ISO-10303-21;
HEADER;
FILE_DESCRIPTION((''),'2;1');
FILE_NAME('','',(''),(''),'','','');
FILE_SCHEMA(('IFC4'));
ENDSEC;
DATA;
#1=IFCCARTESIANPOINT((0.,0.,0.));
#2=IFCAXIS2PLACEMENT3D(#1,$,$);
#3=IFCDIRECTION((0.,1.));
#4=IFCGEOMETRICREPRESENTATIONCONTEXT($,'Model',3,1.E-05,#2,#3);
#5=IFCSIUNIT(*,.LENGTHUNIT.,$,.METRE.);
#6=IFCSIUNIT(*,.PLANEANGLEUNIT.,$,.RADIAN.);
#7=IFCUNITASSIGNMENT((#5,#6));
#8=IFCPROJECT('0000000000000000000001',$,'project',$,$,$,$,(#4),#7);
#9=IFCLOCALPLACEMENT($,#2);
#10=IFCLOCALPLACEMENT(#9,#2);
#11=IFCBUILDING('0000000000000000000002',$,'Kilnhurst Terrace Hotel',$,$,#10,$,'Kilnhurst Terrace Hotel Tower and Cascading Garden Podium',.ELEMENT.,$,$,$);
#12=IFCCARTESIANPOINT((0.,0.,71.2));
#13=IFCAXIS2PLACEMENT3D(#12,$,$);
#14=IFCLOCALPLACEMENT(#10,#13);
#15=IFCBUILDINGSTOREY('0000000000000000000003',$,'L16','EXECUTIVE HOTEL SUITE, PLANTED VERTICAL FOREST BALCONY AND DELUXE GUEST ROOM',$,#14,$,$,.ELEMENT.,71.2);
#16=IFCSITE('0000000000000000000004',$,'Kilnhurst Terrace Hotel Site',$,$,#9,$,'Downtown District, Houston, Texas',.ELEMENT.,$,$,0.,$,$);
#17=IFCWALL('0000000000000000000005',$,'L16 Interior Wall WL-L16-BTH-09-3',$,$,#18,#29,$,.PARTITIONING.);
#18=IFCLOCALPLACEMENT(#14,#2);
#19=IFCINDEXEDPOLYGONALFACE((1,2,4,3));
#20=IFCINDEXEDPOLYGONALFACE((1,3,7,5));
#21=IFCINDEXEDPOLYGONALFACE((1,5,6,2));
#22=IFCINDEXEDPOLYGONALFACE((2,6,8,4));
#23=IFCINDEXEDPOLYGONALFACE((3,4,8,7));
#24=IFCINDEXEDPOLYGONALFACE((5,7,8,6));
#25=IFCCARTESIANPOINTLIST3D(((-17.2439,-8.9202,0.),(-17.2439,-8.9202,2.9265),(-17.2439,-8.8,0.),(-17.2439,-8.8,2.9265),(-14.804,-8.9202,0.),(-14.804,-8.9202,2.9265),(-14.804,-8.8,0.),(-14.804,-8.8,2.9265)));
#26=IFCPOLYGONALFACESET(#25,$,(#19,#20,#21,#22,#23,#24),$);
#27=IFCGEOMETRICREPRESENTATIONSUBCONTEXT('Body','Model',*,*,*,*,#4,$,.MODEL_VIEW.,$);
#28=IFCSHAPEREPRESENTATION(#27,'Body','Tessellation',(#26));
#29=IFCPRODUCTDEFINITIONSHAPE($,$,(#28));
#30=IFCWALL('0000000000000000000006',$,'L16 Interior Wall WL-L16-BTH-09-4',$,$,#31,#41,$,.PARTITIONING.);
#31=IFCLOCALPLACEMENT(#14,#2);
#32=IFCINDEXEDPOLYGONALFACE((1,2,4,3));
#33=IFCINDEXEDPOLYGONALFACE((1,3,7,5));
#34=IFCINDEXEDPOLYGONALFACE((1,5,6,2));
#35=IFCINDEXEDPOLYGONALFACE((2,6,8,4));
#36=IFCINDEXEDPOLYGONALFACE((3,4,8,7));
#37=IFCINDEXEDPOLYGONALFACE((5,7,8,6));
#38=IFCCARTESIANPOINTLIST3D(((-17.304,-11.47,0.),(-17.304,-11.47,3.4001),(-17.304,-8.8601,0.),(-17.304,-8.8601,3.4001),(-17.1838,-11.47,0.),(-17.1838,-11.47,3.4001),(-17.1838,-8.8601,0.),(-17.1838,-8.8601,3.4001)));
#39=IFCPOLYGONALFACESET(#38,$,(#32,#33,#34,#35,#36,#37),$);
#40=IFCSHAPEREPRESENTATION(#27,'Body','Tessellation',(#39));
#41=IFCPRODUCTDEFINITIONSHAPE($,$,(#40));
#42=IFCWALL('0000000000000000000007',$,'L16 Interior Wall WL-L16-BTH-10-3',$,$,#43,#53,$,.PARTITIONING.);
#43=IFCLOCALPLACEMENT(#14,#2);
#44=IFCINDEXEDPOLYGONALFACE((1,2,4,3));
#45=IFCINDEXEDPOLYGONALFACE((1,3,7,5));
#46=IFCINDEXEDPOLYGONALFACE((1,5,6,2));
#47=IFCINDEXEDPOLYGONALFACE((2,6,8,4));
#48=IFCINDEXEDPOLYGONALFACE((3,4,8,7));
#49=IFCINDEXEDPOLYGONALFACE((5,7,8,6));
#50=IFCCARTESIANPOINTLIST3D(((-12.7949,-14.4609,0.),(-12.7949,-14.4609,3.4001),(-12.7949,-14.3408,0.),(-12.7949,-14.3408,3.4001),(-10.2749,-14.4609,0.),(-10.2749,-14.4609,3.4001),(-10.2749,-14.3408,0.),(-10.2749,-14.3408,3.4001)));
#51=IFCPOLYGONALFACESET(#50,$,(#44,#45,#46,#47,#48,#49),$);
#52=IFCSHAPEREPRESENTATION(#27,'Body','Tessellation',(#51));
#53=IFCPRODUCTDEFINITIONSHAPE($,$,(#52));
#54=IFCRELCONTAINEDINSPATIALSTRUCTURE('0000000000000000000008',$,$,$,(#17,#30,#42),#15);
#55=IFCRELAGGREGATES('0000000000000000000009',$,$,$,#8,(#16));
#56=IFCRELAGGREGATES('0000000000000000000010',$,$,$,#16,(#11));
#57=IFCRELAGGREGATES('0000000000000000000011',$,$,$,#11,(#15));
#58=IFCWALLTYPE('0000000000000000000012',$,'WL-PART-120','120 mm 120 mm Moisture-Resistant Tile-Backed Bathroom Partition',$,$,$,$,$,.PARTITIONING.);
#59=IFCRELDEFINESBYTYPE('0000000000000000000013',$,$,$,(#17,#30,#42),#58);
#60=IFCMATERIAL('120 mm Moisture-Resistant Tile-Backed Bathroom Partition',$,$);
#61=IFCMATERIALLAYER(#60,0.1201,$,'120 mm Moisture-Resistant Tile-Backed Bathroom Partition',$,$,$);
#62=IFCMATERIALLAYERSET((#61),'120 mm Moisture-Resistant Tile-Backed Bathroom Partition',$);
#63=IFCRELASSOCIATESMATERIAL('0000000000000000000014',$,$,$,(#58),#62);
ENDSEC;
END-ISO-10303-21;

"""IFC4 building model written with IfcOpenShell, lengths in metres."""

from ifc_helpers import new_model, si_unit, direction, frame, frame_2d, origin, place, context, subcontext, project, spatial, rectangle, extrude, material, layer, layer_set, type_object, element, save


model = new_model("IFC4")

# Units and contexts
model_context = context("Model", 3, precision=1e-05, world=origin(), true_north=direction((0.0, 1.0)))
body_context = subcontext(model_context, "Body", "Model", "MODEL_VIEW")
ifc_project = project(units=[si_unit("LENGTHUNIT", "METRE"), si_unit("PLANEANGLEUNIT", "RADIAN")], contexts=[model_context])

# Site, building, storey
site_placement = place(None, origin())
site = spatial("IfcSite", under=ifc_project, at=site_placement, Name="Kilnhurst Terrace Hotel Site", LongName="Downtown District, Houston, Texas", CompositionType="ELEMENT", RefElevation=0.0)
building_placement = place(site_placement, origin())
building = spatial("IfcBuilding", under=site, at=building_placement, Name="Kilnhurst Terrace Hotel", LongName="Kilnhurst Terrace Hotel Tower and Cascading Garden Podium", CompositionType="ELEMENT")
storey_placement = place(building_placement, frame((0.0, 0.0, 71.2)))
storey = spatial("IfcBuildingStorey", under=building, at=storey_placement, Name="L16", Description="EXECUTIVE HOTEL SUITE, PLANTED VERTICAL FOREST BALCONY AND DELUXE GUEST ROOM", CompositionType="ELEMENT", Elevation=71.2)

# Shared definitions
ifc_material_1 = material(Name="120 mm Moisture-Resistant Tile-Backed Bathroom Partition")
ifc_layer_1 = layer(ifc_material_1, 0.1201, Name="120 mm Moisture-Resistant Tile-Backed Bathroom Partition")
ifc_layer_set_1 = layer_set([ifc_layer_1], Name="120 mm Moisture-Resistant Tile-Backed Bathroom Partition")
wall_type_1 = type_object("IfcWallType", Name="WL-PART-120", Description="120 mm 120 mm Moisture-Resistant Tile-Backed Bathroom Partition", PredefinedType="PARTITIONING", material=ifc_layer_set_1)

# Walls
wall_1_placement = place(storey_placement, frame((-14.804, -8.8601, 0.0), z_axis=(0.0, 0.0, 1.0), x_axis=(-1.0, 0.0, 0.0)))
element("IfcWall", 1, at=wall_1_placement, inside=storey, type_object=wall_type_1, Name="L16 Interior Wall WL-L16-BTH-09-3", PredefinedType="PARTITIONING", context=body_context, shape_type="SweptSolid", body=[
    extrude(rectangle(XDim=2.4399, YDim=0.1201, at=frame_2d((1.22, 0.0))), origin(), (0.0, 0.0, 1.0), 2.9265),
])
wall_2_placement = place(storey_placement, frame((-17.2439, -8.8601, 0.0), z_axis=(0.0, 0.0, 1.0), x_axis=(0.0, -1.0, 0.0)))
element("IfcWall", 2, at=wall_2_placement, inside=storey, type_object=wall_type_1, Name="L16 Interior Wall WL-L16-BTH-09-4", PredefinedType="PARTITIONING", context=body_context, shape_type="SweptSolid", body=[
    extrude(rectangle(XDim=2.6099, YDim=0.1201, at=frame_2d((1.3049, 0.0))), origin(), (0.0, 0.0, 1.0), 3.4001),
])
wall_3_placement = place(storey_placement, frame((-10.2749, -14.4009, 0.0), z_axis=(0.0, 0.0, 1.0), x_axis=(-1.0, 0.0, 0.0)))
element("IfcWall", 3, at=wall_3_placement, inside=storey, type_object=wall_type_1, Name="L16 Interior Wall WL-L16-BTH-10-3", PredefinedType="PARTITIONING", context=body_context, shape_type="SweptSolid", body=[
    extrude(rectangle(XDim=2.52, YDim=0.1201, at=frame_2d((1.26, 0.0))), origin(), (0.0, 0.0, 1.0), 3.4001),
])

save(model, "model.ifc")
